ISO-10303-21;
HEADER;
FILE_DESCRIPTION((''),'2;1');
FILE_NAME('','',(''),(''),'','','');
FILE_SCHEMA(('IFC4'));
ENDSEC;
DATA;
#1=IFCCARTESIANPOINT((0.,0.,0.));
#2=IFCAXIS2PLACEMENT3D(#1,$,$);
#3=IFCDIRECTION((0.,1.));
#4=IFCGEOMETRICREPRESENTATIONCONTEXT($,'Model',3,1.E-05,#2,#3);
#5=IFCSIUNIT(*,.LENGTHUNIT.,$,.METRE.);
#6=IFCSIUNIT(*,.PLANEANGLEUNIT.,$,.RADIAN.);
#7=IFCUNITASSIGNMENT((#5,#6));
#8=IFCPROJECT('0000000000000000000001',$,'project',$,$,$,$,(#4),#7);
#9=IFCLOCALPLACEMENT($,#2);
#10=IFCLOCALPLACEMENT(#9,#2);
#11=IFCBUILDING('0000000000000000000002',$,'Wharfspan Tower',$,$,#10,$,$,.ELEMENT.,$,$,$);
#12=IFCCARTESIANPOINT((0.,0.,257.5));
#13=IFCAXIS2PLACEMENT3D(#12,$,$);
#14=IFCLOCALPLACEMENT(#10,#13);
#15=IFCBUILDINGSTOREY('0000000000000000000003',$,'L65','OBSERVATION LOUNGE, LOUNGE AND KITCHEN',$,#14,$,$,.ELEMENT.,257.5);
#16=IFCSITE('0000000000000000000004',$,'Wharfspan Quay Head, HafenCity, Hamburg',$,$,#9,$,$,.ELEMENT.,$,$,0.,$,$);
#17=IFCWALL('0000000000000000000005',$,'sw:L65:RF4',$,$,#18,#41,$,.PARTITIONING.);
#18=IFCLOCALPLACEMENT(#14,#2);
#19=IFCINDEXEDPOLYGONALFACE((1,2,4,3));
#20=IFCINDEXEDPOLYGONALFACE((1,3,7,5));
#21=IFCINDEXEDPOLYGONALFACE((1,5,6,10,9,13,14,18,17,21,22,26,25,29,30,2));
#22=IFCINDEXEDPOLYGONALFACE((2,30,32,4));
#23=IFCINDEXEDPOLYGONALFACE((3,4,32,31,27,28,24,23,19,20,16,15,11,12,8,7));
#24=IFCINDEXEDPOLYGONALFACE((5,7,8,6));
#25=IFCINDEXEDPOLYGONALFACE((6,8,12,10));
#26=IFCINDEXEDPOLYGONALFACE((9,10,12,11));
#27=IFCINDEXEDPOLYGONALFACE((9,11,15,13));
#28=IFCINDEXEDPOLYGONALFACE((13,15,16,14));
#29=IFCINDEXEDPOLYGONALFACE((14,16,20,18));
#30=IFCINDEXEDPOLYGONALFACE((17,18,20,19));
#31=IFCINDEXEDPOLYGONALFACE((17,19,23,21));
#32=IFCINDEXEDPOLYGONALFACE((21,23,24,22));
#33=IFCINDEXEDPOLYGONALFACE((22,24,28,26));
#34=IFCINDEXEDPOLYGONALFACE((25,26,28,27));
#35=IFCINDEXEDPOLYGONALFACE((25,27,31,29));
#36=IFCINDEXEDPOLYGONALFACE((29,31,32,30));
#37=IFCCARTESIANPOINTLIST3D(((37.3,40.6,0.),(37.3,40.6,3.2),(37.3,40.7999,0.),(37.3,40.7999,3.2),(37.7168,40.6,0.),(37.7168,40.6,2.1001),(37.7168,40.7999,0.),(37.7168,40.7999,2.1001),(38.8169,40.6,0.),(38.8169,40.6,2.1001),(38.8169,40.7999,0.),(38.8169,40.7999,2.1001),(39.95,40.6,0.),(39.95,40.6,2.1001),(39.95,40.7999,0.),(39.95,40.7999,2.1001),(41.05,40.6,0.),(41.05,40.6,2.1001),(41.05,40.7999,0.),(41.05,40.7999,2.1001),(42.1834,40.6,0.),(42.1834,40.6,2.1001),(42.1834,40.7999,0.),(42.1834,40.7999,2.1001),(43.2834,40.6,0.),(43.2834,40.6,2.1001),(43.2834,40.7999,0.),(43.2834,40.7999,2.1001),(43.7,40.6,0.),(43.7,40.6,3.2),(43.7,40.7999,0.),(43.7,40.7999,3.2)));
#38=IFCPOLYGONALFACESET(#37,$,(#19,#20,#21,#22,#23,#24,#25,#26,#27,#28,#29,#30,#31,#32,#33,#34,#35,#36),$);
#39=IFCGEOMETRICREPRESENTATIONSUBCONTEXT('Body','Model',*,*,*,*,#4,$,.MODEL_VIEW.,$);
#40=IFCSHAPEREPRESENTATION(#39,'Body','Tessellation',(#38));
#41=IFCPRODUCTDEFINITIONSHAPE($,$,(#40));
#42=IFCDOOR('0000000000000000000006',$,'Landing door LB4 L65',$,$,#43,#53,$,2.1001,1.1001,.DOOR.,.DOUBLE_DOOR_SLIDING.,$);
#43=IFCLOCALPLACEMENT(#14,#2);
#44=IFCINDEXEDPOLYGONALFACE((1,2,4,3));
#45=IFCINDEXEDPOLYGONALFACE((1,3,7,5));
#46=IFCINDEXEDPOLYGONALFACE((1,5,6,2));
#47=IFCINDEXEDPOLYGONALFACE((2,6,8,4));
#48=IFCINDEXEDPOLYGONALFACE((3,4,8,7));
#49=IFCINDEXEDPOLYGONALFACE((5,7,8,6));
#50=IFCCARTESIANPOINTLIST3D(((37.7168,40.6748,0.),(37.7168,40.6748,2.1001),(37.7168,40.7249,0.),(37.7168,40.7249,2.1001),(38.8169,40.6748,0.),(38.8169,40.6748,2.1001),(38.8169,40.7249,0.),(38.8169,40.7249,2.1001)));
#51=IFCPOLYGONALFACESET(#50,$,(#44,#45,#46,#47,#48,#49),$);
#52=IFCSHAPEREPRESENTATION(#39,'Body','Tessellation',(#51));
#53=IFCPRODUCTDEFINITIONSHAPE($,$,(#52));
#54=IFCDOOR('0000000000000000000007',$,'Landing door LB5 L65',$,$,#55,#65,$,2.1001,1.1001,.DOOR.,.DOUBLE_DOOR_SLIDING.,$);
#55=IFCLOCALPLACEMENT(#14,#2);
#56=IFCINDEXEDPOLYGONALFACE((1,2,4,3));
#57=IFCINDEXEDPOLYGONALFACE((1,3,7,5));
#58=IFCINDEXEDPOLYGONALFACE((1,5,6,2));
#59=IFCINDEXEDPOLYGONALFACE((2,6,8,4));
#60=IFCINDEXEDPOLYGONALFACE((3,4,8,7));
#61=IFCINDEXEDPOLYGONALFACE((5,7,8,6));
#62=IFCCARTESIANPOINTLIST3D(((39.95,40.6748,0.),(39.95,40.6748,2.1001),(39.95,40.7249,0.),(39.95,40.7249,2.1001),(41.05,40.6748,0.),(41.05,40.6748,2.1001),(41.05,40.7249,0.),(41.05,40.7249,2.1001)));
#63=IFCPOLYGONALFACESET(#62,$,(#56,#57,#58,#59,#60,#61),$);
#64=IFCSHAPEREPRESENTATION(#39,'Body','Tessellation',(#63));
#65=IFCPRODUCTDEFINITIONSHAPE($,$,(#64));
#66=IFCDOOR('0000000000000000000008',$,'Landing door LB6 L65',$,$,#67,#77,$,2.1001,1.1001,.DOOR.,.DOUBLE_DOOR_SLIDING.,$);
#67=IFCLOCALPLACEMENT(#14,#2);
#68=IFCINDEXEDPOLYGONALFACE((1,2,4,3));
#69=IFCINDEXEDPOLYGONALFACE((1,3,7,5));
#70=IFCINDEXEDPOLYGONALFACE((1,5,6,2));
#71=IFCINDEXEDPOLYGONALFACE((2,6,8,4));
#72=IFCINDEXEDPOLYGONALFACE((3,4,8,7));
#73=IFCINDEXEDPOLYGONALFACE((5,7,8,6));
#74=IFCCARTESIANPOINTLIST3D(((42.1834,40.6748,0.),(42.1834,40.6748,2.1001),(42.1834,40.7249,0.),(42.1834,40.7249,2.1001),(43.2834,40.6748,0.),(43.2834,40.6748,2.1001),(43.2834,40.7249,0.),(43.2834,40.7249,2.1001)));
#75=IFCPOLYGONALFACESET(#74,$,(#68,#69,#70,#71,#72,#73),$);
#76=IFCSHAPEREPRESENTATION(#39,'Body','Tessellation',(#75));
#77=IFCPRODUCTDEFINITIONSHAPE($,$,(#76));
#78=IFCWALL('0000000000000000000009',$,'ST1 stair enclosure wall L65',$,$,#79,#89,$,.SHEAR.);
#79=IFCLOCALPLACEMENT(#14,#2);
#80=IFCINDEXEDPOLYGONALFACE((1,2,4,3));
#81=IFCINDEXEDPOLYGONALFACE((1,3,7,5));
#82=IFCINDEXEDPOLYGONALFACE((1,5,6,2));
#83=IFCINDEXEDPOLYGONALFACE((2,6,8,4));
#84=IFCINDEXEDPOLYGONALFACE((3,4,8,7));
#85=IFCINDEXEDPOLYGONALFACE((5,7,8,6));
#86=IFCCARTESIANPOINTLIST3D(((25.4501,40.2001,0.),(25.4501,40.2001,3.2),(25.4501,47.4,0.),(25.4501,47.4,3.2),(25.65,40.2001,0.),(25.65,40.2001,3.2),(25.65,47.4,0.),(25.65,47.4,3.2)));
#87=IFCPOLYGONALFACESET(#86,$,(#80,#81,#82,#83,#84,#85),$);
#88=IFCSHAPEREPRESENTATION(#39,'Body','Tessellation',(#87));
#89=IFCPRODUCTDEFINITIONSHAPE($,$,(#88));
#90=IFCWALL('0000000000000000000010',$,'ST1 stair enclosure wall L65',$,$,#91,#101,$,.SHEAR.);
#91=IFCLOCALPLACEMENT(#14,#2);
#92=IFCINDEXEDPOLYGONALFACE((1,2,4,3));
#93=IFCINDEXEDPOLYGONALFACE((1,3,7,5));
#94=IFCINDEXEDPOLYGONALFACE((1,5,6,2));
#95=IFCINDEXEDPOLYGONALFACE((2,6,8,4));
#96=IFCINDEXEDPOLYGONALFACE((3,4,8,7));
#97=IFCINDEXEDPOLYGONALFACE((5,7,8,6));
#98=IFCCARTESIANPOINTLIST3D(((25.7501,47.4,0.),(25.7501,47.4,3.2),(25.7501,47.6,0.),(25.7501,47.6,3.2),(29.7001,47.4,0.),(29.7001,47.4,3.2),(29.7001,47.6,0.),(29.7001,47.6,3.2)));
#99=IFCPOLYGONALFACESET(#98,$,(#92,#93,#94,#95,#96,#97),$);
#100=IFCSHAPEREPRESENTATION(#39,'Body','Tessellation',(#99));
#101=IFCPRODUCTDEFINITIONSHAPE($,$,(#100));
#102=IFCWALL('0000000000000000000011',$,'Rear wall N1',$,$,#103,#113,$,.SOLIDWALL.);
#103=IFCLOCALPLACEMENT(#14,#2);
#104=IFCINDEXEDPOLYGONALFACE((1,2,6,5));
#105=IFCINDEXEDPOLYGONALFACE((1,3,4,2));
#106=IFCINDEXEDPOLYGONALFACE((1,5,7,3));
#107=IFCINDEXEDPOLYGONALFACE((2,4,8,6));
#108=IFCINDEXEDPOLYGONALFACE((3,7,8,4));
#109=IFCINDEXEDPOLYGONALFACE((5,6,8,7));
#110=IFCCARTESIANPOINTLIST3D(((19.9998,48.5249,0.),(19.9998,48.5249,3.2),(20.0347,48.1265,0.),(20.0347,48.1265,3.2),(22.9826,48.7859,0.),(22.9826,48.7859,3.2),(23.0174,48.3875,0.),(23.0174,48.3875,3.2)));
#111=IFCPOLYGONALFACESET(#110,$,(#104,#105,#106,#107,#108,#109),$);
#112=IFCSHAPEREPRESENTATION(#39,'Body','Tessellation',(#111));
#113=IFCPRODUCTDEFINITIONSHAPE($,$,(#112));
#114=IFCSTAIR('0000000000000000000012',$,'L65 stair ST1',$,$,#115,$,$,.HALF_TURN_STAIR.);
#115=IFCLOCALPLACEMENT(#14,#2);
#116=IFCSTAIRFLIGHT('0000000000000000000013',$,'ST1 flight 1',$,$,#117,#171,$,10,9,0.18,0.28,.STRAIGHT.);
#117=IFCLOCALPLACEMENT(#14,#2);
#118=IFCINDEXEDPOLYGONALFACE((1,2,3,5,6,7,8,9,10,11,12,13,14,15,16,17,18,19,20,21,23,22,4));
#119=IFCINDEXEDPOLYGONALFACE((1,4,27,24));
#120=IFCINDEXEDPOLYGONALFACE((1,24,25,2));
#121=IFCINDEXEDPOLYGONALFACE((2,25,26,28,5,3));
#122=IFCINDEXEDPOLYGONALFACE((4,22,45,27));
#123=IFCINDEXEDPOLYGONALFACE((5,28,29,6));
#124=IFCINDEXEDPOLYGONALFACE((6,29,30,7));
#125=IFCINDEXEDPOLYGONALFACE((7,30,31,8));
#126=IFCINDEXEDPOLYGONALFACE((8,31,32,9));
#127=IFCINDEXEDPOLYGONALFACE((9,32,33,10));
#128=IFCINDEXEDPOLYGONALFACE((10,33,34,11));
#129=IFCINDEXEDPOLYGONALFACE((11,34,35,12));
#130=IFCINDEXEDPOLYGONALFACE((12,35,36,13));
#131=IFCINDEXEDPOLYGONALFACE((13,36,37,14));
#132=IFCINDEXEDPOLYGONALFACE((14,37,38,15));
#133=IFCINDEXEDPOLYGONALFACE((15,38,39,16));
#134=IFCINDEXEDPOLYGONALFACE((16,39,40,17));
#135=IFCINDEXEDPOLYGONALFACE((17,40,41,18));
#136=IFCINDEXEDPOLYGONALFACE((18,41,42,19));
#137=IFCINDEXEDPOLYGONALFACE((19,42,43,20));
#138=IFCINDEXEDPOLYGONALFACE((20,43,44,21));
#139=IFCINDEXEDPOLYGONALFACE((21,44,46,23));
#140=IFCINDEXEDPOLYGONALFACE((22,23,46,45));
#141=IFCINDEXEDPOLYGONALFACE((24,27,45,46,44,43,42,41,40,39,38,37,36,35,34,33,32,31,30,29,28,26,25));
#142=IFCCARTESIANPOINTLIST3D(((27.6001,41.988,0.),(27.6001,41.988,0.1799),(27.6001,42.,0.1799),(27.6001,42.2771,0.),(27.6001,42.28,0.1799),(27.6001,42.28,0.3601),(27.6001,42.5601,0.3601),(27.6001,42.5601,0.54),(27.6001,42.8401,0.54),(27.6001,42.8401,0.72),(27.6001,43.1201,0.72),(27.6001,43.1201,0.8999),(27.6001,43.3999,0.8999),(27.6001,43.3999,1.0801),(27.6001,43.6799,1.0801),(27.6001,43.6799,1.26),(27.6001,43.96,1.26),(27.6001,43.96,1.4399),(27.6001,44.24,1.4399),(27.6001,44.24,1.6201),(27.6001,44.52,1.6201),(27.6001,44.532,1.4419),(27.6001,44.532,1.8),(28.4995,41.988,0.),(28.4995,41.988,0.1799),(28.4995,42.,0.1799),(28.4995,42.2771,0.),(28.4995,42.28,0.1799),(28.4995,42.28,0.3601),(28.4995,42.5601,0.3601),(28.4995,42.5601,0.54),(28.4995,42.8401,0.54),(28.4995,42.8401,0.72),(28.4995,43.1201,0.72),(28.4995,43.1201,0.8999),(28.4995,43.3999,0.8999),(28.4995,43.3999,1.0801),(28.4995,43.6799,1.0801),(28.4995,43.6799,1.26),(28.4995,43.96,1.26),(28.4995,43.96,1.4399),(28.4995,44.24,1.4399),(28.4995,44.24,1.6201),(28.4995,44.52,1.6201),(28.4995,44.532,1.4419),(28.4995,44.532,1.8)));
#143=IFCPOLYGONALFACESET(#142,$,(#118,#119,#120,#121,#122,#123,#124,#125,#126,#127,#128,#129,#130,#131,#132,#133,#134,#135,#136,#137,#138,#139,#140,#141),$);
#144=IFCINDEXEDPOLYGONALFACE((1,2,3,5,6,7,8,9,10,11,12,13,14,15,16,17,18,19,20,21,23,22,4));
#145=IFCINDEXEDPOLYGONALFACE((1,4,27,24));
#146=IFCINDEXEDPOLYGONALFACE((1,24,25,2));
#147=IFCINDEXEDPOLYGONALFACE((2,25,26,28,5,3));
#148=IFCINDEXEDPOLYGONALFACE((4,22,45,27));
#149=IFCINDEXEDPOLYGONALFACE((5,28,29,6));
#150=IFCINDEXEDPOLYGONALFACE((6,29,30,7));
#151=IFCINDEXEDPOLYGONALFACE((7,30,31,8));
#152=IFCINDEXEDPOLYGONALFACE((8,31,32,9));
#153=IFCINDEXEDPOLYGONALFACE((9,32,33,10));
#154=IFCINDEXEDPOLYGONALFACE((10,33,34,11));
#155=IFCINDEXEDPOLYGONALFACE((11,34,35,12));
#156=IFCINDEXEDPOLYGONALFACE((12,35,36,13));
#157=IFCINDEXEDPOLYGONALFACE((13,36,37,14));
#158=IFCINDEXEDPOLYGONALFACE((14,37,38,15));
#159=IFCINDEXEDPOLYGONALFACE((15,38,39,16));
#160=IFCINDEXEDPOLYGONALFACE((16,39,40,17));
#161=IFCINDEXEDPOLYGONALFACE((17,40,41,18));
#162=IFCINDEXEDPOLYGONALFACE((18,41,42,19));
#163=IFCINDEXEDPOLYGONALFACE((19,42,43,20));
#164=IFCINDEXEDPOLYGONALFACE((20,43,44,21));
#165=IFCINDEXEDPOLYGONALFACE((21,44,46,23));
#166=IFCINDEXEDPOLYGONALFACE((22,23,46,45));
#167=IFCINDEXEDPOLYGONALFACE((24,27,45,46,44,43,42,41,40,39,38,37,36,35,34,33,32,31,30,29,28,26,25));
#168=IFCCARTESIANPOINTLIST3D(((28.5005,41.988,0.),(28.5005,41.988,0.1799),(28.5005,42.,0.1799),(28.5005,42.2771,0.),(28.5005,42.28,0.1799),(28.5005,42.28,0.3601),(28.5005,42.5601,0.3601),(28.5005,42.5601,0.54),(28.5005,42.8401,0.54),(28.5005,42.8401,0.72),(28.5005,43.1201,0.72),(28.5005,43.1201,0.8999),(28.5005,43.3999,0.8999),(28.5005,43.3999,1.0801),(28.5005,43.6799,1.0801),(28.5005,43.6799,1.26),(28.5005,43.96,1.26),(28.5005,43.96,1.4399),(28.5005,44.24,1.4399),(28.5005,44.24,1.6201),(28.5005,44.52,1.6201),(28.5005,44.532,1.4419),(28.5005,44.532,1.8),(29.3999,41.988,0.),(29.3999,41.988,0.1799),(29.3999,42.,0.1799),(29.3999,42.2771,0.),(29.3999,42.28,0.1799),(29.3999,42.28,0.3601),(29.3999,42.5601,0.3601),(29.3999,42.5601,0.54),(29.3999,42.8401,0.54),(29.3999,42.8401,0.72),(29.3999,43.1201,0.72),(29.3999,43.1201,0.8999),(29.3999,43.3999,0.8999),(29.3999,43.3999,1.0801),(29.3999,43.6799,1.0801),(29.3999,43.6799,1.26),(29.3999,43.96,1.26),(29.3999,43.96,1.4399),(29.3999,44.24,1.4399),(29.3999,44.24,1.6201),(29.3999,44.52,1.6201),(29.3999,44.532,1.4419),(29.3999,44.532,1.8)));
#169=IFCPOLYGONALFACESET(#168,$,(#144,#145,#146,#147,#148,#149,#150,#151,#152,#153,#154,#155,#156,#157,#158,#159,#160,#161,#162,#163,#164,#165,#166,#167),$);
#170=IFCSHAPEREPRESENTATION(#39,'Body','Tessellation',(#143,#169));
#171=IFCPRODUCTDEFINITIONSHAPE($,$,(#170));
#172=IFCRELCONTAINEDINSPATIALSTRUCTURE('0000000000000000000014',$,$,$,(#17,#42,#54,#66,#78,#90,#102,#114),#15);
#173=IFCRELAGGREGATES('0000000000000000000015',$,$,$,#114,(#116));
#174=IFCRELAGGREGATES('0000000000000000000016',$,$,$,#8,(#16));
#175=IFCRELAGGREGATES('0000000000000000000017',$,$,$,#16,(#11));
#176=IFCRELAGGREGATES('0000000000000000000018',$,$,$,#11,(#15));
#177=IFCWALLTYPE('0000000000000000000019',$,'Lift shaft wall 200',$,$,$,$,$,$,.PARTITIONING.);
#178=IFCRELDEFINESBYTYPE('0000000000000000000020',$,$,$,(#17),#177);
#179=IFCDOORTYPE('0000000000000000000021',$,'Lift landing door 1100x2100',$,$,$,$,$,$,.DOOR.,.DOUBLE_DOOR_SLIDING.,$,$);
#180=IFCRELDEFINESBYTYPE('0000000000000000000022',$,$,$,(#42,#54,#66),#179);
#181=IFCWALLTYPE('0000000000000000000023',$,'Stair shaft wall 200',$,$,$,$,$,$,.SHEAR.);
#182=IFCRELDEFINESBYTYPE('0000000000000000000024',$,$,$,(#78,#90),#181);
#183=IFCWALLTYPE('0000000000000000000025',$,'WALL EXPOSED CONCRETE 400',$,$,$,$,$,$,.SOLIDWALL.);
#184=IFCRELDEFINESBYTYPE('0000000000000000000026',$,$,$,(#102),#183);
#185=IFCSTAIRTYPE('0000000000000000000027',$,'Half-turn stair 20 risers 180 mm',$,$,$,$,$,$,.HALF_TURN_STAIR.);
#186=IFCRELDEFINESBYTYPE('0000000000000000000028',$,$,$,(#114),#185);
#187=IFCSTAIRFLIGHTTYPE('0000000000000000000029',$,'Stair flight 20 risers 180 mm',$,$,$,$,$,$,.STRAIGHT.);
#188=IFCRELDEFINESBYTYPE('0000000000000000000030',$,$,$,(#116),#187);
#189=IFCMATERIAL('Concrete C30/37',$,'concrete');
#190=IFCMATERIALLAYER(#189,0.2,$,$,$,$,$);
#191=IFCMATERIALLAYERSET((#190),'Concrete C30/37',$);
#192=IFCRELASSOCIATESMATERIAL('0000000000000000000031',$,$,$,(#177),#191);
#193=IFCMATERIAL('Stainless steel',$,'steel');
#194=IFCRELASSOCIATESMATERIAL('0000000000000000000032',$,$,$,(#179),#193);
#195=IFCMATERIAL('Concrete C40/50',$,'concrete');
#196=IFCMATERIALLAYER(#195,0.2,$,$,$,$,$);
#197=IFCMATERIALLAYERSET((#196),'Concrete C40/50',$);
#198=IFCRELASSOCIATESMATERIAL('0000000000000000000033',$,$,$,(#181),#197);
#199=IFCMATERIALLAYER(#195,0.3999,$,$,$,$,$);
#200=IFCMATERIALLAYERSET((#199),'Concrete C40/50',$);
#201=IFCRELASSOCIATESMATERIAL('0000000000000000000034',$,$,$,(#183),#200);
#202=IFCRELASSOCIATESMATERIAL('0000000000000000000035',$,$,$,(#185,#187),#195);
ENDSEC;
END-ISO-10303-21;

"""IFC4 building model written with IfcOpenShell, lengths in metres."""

from ifc_helpers import new_model, si_unit, direction, frame, frame_2d, origin, place, context, subcontext, project, spatial, polyline, rectangle, outline, extrude, material, layer, layer_set, type_object, element, fill, aggregate, save


model = new_model("IFC4")

# Units and contexts
model_context = context("Model", 3, precision=1e-05, world=origin(), true_north=direction((0.0, 1.0)))
body_context = subcontext(model_context, "Body", "Model", "MODEL_VIEW")
ifc_project = project(units=[si_unit("LENGTHUNIT", "METRE"), si_unit("PLANEANGLEUNIT", "RADIAN")], contexts=[model_context])

# Site, building, storey
site_placement = place(None, origin())
site = spatial("IfcSite", under=ifc_project, at=site_placement, Name="Wharfspan Quay Head, HafenCity, Hamburg", CompositionType="ELEMENT", RefElevation=0.0)
building_placement = place(site_placement, origin())
building = spatial("IfcBuilding", under=site, at=building_placement, Name="Wharfspan Tower", CompositionType="ELEMENT")
storey_placement = place(building_placement, frame((0.0, 0.0, 257.5)))
storey = spatial("IfcBuildingStorey", under=building, at=storey_placement, Name="L65", Description="OBSERVATION LOUNGE, LOUNGE AND KITCHEN", CompositionType="ELEMENT", Elevation=257.5)

# Wall, openings, doors
ifc_material_1 = material(Name="Concrete C30/37", Category="concrete")
ifc_layer_1 = layer(ifc_material_1, 0.2)
ifc_layer_set_1 = layer_set([ifc_layer_1], Name="Concrete C30/37")
wall_type_1 = type_object("IfcWallType", Name="Lift shaft wall 200", PredefinedType="PARTITIONING", material=ifc_layer_set_1)
ifc_material_2 = material(Name="Stainless steel", Category="steel")
door_type_1 = type_object("IfcDoorType", Name="Lift landing door 1100x2100", OperationType="DOUBLE_DOOR_SLIDING", PredefinedType="DOOR", material=ifc_material_2)
wall_1_placement = place(storey_placement, frame((37.3, 40.7, 0.0), z_axis=(0.0, 0.0, 1.0), x_axis=(1.0, 0.0, 0.0)))
wall_1 = element("IfcWall", 1, at=wall_1_placement, inside=storey, type_object=wall_type_1, Name="sw:L65:RF4", PredefinedType="PARTITIONING", context=body_context, shape_type="SweptSolid", body=[
    extrude(rectangle(XDim=6.3999, YDim=0.2, at=frame_2d((3.2, 0.0))), origin(), (0.0, 0.0, 1.0), 3.2),
])
opening_1_placement = place(wall_1_placement, frame((0.4167, 0.0, 0.0)))
opening_1 = element("IfcOpeningElement", 2, at=opening_1_placement, cuts=wall_1, PredefinedType="OPENING", context=body_context, shape_type="SweptSolid", body=[
    extrude(rectangle(XDim=1.1001, YDim=2.1001, at=frame_2d((0.55, 1.05))), frame((0.0, 0.1099, 0.0), z_axis=(0.0, -1.0, 0.0), x_axis=(1.0, 0.0, 0.0)), (0.0, 0.0, 1.0), 0.22),
])
opening_2_placement = place(wall_1_placement, frame((2.6499, 0.0, 0.0)))
opening_2 = element("IfcOpeningElement", 3, at=opening_2_placement, cuts=wall_1, PredefinedType="OPENING", context=body_context, shape_type="SweptSolid", body=[
    extrude(rectangle(XDim=1.1001, YDim=2.1001, at=frame_2d((0.55, 1.05))), frame((0.0, 0.1099, 0.0), z_axis=(0.0, -1.0, 0.0), x_axis=(1.0, 0.0, 0.0)), (0.0, 0.0, 1.0), 0.22),
])
opening_3_placement = place(wall_1_placement, frame((4.8833, 0.0, 0.0)))
opening_3 = element("IfcOpeningElement", 4, at=opening_3_placement, cuts=wall_1, PredefinedType="OPENING", context=body_context, shape_type="SweptSolid", body=[
    extrude(rectangle(XDim=1.1001, YDim=2.1001, at=frame_2d((0.55, 1.05))), frame((0.0, 0.1099, 0.0), z_axis=(0.0, -1.0, 0.0), x_axis=(1.0, 0.0, 0.0)), (0.0, 0.0, 1.0), 0.22),
])
door_1_placement = place(opening_1_placement, origin())
door_1 = element("IfcDoor", 5, at=door_1_placement, inside=storey, type_object=door_type_1, Name="Landing door LB4 L65", OperationType="DOUBLE_DOOR_SLIDING", OverallHeight=2.1001, OverallWidth=1.1001, PredefinedType="DOOR", context=body_context, shape_type="SweptSolid", body=[
    extrude(rectangle(XDim=1.1001, YDim=2.1001, at=frame_2d((0.55, 1.05))), frame((0.0, 0.0249, 0.0), z_axis=(0.0, -1.0, 0.0), x_axis=(1.0, 0.0, 0.0)), (0.0, 0.0, 1.0), 0.05),
])
fill(opening_1, door_1)
door_2_placement = place(opening_2_placement, origin())
door_2 = element("IfcDoor", 6, at=door_2_placement, inside=storey, type_object=door_type_1, Name="Landing door LB5 L65", OperationType="DOUBLE_DOOR_SLIDING", OverallHeight=2.1001, OverallWidth=1.1001, PredefinedType="DOOR", context=body_context, shape_type="SweptSolid", body=[
    extrude(rectangle(XDim=1.1001, YDim=2.1001, at=frame_2d((0.55, 1.05))), frame((0.0, 0.0249, 0.0), z_axis=(0.0, -1.0, 0.0), x_axis=(1.0, 0.0, 0.0)), (0.0, 0.0, 1.0), 0.05),
])
fill(opening_2, door_2)
door_3_placement = place(opening_3_placement, origin())
door_3 = element("IfcDoor", 7, at=door_3_placement, inside=storey, type_object=door_type_1, Name="Landing door LB6 L65", OperationType="DOUBLE_DOOR_SLIDING", OverallHeight=2.1001, OverallWidth=1.1001, PredefinedType="DOOR", context=body_context, shape_type="SweptSolid", body=[
    extrude(rectangle(XDim=1.1001, YDim=2.1001, at=frame_2d((0.55, 1.05))), frame((0.0, 0.0249, 0.0), z_axis=(0.0, -1.0, 0.0), x_axis=(1.0, 0.0, 0.0)), (0.0, 0.0, 1.0), 0.05),
])
fill(opening_3, door_3)

# Walls
ifc_material_3 = material(Name="Concrete C40/50", Category="concrete")
ifc_layer_2 = layer(ifc_material_3, 0.2)
ifc_layer_set_2 = layer_set([ifc_layer_2], Name="Concrete C40/50")
wall_type_2 = type_object("IfcWallType", Name="Stair shaft wall 200", PredefinedType="SHEAR", material=ifc_layer_set_2)
wall_2_placement = place(storey_placement, frame((25.55, 40.2, 0.0), z_axis=(0.0, 0.0, 1.0), x_axis=(0.0, 1.0, 0.0)))
element("IfcWall", 8, at=wall_2_placement, inside=storey, type_object=wall_type_2, Name="ST1 stair enclosure wall L65", PredefinedType="SHEAR", context=body_context, shape_type="SweptSolid", body=[
    extrude(rectangle(XDim=7.2, YDim=0.2, at=frame_2d((3.6001, 0.0))), origin(), (0.0, 0.0, 1.0), 3.2),
])
wall_3_placement = place(storey_placement, frame((25.75, 47.5, 0.0), z_axis=(0.0, 0.0, 1.0), x_axis=(1.0, 0.0, 0.0)))
element("IfcWall", 9, at=wall_3_placement, inside=storey, type_object=wall_type_2, Name="ST1 stair enclosure wall L65", PredefinedType="SHEAR", context=body_context, shape_type="SweptSolid", body=[
    extrude(rectangle(XDim=3.95, YDim=0.2, at=frame_2d((1.9751, 0.0))), origin(), (0.0, 0.0, 1.0), 3.2),
])
ifc_layer_3 = layer(ifc_material_3, 0.3999)
ifc_layer_set_3 = layer_set([ifc_layer_3], Name="Concrete C40/50")
wall_type_3 = type_object("IfcWallType", Name="WALL EXPOSED CONCRETE 400", PredefinedType="SOLIDWALL", material=ifc_layer_set_3)
wall_4_placement = place(storey_placement, frame((23.0, 48.5867, 0.0), z_axis=(0.0, 0.0, 1.0), x_axis=(-0.996194, -0.087168, 0.0)))
element("IfcWall", 10, at=wall_4_placement, inside=storey, type_object=wall_type_3, Name="Rear wall N1", PredefinedType="SOLIDWALL", context=body_context, shape_type="SweptSolid", body=[
    extrude(rectangle(XDim=2.9941, YDim=0.3999, at=frame_2d((1.4971, 0.0))), origin(), (0.0, 0.0, 1.0), 3.2),
])

# Stair, stair flight
stair_type = type_object("IfcStairType", Name="Half-turn stair 20 risers 180 mm", PredefinedType="HALF_TURN_STAIR", material=ifc_material_3)
stair_placement = place(storey_placement, origin())
stair = element("IfcStair", 11, at=stair_placement, inside=storey, type_object=stair_type, Name="L65 stair ST1", PredefinedType="HALF_TURN_STAIR")
stair_flight_type = type_object("IfcStairFlightType", Name="Stair flight 20 risers 180 mm", PredefinedType="STRAIGHT", material=ifc_material_3)
stair_flight_1_placement = place(storey_placement, frame((28.5, 42.0, 0.0), z_axis=(0.0, 0.0, 1.0), x_axis=(0.0, 1.0, 0.0)))
stair_flight_1 = element("IfcStairFlight", 12, at=stair_flight_1_placement, type_object=stair_flight_type, Name="ST1 flight 1", NumberOfRisers=10, NumberOfTreads=9, PredefinedType="STRAIGHT", RiserHeight=0.18, TreadLength=0.28, context=body_context, shape_type="SweptSolid", body=[
    extrude(outline(polyline([(-0.012, 0.0), (-0.012, 0.1799), (0.0, 0.1799), (0.28, 0.1799), (0.28, 0.3601), (0.5601, 0.3601), (0.5601, 0.54), (0.8401, 0.54), (0.8401, 0.72), (1.1201, 0.72), (1.1201, 0.8999), (1.3999, 0.8999), (1.3999, 1.0801), (1.6799, 1.0801), (1.6799, 1.26), (1.96, 1.26), (1.96, 1.4399), (2.24, 1.4399), (2.24, 1.6201), (2.52, 1.6201), (2.532, 1.8), (2.532, 1.4419), (0.2771, 0.0), (-0.012, 0.0)])), frame((0.0, 0.8999, 0.0), z_axis=(0.0, -1.0, 0.0), x_axis=(1.0, 0.0, 0.0)), (0.0, 0.0, 1.0), 0.8994),
    extrude(outline(polyline([(-0.012, 0.0), (-0.012, 0.1799), (0.0, 0.1799), (0.28, 0.1799), (0.28, 0.3601), (0.5601, 0.3601), (0.5601, 0.54), (0.8401, 0.54), (0.8401, 0.72), (1.1201, 0.72), (1.1201, 0.8999), (1.3999, 0.8999), (1.3999, 1.0801), (1.6799, 1.0801), (1.6799, 1.26), (1.96, 1.26), (1.96, 1.4399), (2.24, 1.4399), (2.24, 1.6201), (2.52, 1.6201), (2.532, 1.8), (2.532, 1.4419), (0.2771, 0.0), (-0.012, 0.0)])), frame((0.0, -0.0005, 0.0), z_axis=(0.0, -1.0, 0.0), x_axis=(1.0, 0.0, 0.0)), (0.0, 0.0, 1.0), 0.8994),
])
aggregate(stair, [stair_flight_1])

save(model, "model.ifc")
